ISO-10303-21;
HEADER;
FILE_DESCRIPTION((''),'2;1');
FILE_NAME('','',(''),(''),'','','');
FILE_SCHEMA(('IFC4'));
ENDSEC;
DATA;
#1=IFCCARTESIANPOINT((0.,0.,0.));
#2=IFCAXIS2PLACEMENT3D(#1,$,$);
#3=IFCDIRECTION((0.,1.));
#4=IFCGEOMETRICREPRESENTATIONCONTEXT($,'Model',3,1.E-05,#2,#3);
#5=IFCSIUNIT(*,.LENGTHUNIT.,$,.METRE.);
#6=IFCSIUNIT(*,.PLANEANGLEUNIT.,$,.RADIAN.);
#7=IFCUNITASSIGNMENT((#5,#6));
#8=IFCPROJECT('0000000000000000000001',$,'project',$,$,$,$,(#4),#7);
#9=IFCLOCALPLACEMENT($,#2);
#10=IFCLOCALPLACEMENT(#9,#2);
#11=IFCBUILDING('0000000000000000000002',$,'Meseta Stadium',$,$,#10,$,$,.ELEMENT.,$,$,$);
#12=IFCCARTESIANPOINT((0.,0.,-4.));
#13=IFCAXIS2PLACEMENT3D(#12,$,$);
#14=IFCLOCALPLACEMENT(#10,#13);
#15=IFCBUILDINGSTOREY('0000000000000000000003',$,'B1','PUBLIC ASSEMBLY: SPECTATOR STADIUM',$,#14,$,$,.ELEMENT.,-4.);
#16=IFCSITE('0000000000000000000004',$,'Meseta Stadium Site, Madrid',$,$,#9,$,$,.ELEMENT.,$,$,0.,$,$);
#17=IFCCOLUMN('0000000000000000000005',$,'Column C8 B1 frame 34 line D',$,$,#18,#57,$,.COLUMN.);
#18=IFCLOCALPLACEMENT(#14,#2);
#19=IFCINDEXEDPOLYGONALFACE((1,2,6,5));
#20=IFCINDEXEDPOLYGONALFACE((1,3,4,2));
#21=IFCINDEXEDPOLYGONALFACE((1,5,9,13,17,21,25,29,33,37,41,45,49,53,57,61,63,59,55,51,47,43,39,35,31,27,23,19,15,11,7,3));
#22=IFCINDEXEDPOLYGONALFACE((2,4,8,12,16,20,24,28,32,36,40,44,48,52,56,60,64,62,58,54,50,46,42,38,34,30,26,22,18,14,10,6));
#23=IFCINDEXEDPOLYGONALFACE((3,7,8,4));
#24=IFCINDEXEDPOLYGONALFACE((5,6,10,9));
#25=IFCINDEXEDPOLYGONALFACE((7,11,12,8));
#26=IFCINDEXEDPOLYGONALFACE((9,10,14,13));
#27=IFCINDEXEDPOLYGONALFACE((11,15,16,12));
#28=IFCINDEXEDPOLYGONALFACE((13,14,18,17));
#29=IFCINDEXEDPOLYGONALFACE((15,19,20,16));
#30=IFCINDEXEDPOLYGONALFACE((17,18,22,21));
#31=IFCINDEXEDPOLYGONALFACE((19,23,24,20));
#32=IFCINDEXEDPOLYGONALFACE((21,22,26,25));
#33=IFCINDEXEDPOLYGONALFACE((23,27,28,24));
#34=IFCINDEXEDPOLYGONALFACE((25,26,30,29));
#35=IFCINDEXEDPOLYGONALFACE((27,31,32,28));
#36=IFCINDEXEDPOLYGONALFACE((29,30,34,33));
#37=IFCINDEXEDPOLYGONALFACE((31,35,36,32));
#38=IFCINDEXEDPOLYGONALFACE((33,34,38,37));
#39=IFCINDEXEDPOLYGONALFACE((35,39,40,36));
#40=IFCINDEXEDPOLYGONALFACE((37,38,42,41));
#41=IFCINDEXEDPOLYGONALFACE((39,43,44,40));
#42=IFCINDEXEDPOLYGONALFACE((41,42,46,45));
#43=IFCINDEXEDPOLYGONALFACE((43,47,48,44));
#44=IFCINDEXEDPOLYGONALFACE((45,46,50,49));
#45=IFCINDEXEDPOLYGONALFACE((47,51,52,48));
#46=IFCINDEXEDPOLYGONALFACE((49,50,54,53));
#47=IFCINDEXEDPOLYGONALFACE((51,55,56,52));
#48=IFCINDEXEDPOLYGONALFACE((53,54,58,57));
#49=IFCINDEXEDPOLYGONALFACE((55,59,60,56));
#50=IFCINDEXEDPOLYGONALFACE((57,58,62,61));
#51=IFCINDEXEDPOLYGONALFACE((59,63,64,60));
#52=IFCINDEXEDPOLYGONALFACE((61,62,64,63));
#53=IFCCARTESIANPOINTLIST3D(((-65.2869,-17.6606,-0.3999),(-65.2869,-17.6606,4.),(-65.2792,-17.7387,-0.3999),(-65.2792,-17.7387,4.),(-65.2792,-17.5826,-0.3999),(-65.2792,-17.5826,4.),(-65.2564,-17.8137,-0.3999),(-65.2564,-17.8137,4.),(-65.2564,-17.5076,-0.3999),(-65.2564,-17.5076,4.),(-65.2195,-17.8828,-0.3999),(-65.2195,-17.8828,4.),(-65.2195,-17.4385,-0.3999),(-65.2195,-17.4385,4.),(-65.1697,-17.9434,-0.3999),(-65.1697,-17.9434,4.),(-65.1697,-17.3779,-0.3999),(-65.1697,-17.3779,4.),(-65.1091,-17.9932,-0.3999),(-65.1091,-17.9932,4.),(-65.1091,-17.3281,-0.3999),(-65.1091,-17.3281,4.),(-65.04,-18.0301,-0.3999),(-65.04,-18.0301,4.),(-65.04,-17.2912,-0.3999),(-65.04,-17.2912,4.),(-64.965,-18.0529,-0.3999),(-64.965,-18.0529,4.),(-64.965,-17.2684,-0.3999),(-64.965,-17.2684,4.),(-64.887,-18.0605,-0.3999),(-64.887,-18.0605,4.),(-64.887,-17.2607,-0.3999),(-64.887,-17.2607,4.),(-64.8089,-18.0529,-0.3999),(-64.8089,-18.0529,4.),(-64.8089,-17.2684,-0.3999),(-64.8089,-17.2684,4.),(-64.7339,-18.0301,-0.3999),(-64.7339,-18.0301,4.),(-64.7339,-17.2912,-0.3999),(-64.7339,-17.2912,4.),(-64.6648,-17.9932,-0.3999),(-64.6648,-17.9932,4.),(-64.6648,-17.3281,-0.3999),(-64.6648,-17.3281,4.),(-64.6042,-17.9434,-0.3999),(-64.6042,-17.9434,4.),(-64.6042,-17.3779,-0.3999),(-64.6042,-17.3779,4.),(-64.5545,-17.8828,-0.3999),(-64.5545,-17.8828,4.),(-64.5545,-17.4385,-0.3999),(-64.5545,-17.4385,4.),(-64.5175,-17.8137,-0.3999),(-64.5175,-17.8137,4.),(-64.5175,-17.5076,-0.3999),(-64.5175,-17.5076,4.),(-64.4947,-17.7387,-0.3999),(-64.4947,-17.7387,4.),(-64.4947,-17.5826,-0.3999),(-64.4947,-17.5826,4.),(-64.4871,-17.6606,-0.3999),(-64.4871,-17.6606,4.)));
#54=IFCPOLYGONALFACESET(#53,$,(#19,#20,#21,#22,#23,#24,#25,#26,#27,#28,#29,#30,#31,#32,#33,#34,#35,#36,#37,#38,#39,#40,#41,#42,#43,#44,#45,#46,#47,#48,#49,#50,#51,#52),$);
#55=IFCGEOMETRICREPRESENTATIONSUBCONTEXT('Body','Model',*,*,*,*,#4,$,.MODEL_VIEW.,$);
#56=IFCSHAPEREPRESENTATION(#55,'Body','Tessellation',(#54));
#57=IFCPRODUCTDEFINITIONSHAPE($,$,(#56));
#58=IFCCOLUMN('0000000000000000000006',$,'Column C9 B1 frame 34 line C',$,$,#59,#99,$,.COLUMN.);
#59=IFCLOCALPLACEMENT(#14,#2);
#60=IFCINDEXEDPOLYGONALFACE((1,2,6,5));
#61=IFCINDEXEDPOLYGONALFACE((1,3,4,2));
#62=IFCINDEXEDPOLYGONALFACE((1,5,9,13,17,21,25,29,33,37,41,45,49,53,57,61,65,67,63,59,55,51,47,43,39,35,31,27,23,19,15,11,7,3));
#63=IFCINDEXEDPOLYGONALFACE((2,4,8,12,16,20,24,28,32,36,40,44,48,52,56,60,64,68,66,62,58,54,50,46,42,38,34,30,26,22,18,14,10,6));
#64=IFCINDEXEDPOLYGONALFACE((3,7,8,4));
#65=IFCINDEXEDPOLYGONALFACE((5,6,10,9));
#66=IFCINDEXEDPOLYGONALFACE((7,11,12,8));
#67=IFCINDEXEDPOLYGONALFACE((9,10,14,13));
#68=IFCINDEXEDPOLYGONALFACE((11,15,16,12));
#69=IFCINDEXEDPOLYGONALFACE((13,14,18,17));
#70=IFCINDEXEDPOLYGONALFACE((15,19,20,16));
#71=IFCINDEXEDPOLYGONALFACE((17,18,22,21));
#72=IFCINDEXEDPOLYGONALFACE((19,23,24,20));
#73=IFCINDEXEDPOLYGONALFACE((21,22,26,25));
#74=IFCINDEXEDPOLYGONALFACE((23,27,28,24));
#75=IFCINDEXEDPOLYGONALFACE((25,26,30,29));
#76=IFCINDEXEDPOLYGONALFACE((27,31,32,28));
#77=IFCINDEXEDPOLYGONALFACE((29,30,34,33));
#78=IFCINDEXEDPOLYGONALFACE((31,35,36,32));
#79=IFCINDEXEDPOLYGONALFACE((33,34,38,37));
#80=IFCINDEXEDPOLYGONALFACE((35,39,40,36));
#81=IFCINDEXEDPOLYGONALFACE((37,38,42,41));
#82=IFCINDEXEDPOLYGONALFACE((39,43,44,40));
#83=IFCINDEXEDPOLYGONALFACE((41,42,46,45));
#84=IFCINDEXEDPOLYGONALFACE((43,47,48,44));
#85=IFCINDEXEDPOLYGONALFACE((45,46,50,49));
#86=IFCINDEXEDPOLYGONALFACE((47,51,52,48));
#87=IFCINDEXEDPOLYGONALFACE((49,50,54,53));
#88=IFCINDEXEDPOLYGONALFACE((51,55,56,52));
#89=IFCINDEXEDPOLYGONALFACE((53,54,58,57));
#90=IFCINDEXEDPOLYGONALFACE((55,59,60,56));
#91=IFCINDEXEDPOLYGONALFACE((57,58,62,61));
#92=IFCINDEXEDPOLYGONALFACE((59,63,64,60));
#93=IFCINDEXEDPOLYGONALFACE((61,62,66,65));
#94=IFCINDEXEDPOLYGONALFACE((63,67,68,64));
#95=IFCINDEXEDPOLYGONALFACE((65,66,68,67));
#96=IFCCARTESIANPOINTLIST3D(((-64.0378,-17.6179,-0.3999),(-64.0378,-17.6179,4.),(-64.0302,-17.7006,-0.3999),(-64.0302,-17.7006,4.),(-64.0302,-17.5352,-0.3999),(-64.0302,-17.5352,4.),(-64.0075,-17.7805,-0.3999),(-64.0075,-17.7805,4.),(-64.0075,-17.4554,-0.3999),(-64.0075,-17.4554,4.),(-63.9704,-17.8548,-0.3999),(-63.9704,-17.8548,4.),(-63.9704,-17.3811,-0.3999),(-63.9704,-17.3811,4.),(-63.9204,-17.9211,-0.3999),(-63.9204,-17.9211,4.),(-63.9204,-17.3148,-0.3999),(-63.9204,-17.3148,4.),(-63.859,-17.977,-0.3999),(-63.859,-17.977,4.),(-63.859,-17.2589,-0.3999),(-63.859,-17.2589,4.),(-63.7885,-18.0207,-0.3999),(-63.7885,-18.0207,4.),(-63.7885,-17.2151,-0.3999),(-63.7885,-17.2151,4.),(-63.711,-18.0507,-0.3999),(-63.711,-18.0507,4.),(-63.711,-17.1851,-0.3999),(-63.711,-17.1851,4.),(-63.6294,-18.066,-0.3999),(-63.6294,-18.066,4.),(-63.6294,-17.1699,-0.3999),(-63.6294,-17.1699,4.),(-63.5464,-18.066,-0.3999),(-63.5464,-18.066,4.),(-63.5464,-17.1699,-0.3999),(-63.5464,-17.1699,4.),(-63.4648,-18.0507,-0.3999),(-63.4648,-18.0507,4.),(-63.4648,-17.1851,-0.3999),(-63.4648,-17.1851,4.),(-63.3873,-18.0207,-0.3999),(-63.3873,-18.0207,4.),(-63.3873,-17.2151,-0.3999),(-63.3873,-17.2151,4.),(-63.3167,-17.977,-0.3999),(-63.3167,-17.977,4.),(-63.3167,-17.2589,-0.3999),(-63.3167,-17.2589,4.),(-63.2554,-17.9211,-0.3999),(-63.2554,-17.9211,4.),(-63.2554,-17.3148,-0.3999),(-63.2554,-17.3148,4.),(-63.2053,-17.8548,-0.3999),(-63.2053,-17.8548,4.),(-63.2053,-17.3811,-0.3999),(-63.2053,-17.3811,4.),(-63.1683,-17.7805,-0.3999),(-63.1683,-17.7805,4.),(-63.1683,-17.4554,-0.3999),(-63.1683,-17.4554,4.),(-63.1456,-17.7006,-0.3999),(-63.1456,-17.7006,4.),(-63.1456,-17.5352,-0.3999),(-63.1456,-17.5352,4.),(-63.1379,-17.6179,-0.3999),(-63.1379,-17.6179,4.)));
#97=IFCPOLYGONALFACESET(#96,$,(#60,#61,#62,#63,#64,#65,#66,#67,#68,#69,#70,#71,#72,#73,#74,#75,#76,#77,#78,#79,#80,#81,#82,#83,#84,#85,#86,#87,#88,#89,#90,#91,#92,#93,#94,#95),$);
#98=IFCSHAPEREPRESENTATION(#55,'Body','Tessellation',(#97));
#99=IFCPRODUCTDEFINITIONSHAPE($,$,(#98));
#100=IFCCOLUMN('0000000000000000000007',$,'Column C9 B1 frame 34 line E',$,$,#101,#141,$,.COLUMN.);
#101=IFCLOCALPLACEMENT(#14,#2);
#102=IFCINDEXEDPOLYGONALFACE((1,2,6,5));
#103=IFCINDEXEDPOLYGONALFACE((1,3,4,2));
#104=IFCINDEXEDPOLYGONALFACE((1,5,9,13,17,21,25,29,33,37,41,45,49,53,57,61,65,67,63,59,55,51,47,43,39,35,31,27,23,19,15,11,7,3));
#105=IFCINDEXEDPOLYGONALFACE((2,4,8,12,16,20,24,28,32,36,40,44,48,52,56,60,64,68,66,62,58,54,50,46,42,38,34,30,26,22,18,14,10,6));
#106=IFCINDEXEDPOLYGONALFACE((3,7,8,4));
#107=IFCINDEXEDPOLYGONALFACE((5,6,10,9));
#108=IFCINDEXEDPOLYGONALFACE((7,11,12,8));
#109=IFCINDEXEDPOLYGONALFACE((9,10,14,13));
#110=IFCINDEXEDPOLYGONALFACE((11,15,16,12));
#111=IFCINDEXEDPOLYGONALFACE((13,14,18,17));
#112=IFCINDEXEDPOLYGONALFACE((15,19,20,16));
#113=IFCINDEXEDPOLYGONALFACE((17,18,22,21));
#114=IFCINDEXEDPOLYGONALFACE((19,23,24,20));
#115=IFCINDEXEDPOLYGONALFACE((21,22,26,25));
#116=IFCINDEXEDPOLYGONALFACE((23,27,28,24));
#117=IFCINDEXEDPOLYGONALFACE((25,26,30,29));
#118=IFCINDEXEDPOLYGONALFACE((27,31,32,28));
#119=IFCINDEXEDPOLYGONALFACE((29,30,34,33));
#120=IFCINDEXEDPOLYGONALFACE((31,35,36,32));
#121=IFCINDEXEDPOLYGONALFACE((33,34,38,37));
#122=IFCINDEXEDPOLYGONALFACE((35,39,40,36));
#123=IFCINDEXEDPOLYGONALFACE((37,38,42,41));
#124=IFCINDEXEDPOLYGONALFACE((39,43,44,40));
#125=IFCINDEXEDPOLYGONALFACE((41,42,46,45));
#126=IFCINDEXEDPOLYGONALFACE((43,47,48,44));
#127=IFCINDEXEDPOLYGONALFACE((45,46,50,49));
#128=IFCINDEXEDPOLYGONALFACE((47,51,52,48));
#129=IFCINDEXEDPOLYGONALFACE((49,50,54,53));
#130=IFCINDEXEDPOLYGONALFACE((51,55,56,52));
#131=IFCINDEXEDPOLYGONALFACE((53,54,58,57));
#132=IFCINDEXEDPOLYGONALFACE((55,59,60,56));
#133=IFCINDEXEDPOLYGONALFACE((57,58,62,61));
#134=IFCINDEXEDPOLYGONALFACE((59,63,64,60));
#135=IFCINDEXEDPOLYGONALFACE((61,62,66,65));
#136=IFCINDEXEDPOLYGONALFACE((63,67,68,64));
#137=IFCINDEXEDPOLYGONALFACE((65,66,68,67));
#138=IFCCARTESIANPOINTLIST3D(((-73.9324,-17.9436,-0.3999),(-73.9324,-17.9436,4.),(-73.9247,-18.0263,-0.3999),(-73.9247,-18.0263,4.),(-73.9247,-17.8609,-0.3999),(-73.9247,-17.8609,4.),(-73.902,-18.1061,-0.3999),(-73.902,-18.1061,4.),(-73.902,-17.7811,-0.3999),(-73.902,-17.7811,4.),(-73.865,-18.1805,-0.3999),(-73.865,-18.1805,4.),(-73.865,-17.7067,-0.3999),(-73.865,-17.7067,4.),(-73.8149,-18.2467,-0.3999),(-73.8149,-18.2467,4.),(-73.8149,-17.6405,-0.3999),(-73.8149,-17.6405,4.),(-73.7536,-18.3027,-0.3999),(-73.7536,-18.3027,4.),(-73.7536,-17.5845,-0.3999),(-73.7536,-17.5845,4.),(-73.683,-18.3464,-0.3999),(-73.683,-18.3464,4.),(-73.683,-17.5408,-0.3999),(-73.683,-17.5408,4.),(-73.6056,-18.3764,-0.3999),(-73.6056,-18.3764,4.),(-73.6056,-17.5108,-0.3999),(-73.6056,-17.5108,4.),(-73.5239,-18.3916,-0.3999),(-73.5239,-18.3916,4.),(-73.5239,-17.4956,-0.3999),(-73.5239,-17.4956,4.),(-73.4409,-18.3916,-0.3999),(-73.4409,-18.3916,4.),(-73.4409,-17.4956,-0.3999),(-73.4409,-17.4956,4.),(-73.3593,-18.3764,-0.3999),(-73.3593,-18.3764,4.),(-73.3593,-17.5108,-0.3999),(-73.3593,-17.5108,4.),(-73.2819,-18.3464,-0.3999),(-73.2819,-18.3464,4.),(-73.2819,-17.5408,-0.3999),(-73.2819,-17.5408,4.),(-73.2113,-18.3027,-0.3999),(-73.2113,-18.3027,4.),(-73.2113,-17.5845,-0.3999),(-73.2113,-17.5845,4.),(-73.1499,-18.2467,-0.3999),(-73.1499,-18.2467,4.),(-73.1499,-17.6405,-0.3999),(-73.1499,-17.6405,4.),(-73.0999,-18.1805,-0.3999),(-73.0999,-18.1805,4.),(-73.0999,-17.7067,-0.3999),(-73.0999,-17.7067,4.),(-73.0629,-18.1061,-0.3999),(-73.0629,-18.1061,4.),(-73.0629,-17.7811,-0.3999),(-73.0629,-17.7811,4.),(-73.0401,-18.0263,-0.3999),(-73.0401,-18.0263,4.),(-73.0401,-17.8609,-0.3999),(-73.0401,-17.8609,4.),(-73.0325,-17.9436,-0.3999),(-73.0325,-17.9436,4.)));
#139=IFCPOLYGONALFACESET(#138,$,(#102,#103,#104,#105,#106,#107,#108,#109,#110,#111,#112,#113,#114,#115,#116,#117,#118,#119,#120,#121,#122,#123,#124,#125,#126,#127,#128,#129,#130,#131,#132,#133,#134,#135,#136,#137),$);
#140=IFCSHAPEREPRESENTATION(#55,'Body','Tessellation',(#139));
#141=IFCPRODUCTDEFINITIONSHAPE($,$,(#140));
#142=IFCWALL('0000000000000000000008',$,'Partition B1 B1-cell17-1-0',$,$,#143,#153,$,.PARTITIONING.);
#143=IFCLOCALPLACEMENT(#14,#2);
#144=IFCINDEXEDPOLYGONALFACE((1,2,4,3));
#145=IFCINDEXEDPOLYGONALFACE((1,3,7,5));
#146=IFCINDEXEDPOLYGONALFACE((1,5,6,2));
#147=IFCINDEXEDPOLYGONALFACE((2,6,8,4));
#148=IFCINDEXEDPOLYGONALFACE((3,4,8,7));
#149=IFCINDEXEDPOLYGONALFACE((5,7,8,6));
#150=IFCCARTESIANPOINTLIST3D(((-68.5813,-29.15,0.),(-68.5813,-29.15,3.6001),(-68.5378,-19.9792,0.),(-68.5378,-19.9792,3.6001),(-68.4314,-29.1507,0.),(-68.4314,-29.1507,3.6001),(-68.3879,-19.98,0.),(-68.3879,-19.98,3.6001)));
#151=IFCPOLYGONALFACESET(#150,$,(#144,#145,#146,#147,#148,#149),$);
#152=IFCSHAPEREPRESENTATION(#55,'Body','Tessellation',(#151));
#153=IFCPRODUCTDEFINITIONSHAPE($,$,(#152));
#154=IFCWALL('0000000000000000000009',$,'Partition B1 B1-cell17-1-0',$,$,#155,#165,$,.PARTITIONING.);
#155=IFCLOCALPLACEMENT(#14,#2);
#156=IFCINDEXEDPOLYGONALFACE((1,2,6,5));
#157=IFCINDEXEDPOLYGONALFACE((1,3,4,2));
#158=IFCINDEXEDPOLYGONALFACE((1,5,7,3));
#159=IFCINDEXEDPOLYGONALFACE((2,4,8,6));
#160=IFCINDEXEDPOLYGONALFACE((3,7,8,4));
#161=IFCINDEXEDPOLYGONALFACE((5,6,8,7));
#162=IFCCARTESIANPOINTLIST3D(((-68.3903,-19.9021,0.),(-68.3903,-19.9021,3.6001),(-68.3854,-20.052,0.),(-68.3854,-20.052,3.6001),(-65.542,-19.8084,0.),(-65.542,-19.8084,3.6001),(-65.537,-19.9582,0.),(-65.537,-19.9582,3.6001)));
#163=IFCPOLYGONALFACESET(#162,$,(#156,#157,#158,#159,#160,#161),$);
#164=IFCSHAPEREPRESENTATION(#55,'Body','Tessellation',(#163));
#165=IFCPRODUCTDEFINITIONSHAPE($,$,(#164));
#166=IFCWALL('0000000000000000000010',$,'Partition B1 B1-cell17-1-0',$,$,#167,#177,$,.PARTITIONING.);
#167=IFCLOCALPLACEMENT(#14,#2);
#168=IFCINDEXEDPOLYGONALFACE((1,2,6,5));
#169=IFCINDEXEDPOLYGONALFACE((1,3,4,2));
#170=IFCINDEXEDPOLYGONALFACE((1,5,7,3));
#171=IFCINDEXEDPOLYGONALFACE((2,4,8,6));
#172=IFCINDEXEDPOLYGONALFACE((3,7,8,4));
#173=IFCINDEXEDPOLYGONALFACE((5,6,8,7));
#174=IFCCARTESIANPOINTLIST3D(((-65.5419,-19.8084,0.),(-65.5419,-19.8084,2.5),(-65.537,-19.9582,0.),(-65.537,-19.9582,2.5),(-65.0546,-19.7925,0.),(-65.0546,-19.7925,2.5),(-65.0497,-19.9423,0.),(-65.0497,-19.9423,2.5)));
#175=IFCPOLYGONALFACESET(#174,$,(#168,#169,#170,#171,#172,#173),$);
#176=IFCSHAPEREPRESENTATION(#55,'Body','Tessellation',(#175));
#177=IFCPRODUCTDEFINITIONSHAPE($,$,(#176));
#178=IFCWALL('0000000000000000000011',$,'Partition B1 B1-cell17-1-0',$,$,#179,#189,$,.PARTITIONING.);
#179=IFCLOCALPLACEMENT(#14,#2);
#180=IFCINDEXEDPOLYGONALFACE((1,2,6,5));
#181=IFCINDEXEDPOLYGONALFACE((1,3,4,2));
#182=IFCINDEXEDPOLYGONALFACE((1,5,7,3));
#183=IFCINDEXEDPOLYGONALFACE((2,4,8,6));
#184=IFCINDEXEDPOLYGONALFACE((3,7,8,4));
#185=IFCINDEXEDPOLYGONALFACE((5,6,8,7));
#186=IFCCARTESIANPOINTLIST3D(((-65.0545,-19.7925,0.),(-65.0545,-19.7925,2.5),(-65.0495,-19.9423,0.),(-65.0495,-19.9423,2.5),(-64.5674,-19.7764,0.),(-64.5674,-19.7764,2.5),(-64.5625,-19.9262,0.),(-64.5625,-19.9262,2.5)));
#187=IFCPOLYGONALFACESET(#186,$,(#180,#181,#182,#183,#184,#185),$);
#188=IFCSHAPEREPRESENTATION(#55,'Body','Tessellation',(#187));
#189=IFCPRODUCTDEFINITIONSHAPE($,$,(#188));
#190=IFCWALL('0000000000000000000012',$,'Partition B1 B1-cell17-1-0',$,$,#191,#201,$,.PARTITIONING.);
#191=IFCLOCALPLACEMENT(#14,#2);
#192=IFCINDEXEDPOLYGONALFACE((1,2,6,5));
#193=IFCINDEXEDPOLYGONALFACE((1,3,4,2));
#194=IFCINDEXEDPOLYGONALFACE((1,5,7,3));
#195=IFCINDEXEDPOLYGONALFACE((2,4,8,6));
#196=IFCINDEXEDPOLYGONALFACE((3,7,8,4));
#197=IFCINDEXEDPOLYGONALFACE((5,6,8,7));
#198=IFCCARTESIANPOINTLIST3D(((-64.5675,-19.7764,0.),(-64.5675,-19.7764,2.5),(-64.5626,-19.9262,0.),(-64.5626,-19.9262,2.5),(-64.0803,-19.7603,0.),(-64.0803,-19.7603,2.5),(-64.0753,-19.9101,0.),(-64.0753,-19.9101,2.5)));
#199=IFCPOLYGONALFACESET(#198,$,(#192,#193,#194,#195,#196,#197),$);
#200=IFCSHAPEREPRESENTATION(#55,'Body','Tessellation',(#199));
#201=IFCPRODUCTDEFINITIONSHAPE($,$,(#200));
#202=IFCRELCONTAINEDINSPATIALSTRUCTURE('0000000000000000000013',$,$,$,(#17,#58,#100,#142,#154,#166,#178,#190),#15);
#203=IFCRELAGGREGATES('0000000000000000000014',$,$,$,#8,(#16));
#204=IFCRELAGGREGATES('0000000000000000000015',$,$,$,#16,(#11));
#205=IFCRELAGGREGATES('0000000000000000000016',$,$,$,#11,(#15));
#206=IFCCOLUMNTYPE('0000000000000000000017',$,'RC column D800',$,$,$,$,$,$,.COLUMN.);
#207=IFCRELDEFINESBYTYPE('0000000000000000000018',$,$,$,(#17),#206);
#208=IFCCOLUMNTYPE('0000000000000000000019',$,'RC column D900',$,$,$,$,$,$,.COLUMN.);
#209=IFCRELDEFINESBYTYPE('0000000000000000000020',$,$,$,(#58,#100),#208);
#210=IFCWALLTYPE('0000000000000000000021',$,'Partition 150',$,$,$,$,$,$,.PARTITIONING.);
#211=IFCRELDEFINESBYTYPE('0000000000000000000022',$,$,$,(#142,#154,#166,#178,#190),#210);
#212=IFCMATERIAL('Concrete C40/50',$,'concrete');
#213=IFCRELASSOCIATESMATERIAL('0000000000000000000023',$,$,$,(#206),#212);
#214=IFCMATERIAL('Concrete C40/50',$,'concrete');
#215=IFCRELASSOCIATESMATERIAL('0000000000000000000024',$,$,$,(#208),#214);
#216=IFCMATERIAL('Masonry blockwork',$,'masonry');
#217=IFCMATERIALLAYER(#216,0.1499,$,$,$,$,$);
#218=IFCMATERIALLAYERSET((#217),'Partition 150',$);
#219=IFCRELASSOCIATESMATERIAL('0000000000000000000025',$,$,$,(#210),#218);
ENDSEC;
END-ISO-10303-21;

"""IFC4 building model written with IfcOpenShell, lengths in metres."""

from ifc_helpers import new_model, si_unit, direction, frame, frame_2d, origin, origin_2d, place, context, subcontext, project, spatial, rectangle, circle, extrude, material, layer, layer_set, material_profile, profile_set, type_object, element, save


model = new_model("IFC4")

# Units and contexts
model_context = context("Model", 3, precision=1e-05, world=origin(), true_north=direction((0.0, 1.0)))
body_context = subcontext(model_context, "Body", "Model", "MODEL_VIEW")
ifc_project = project(units=[si_unit("LENGTHUNIT", "METRE"), si_unit("PLANEANGLEUNIT", "RADIAN")], contexts=[model_context])

# Site, building, storey
site_placement = place(None, origin())
site = spatial("IfcSite", under=ifc_project, at=site_placement, Name="Meseta Stadium Site, Madrid", CompositionType="ELEMENT", RefElevation=0.0)
building_placement = place(site_placement, origin())
building = spatial("IfcBuilding", under=site, at=building_placement, Name="Meseta Stadium", CompositionType="ELEMENT")
storey_placement = place(building_placement, frame((0.0, 0.0, -4.0)))
storey = spatial("IfcBuildingStorey", under=building, at=storey_placement, Name="B1", Description="PUBLIC ASSEMBLY: SPECTATOR STADIUM", CompositionType="ELEMENT", Elevation=-4.0)

# Columns
ifc_material_1 = material(Name="Concrete C40/50", Category="concrete")
ifc_material_profile_1 = material_profile(ifc_material_1, circle(Radius=0.3999, at=origin_2d()), Name="RC D800")
ifc_profile_set_1 = profile_set([ifc_material_profile_1], Name="Concrete C40/50")
column_type_1 = type_object("IfcColumnType", Name="RC column D800", PredefinedType="COLUMN", material=ifc_profile_set_1)
column_placement = place(storey_placement, frame((-64.887, -17.6606, -0.3999), z_axis=(0.0, 0.0, 1.0), x_axis=(1.0, 0.0, 0.0)))
element("IfcColumn", 1, at=column_placement, inside=storey, type_object=column_type_1, Name="Column C8 B1 frame 34 line D", PredefinedType="COLUMN", context=body_context, shape_type="SweptSolid", body=[
    extrude(circle(Radius=0.3999, at=origin_2d()), origin(), (0.0, 0.0, 1.0), 4.3999),
])
ifc_material_2 = material(Name="Concrete C40/50", Category="concrete")
ifc_material_profile_2 = material_profile(ifc_material_2, circle(Radius=0.45, at=origin_2d()), Name="RC D900")
ifc_profile_set_2 = profile_set([ifc_material_profile_2], Name="Concrete C40/50")
column_type_2 = type_object("IfcColumnType", Name="RC column D900", PredefinedType="COLUMN", material=ifc_profile_set_2)
for number, where, z_axis, x_axis, name in (
    (2, (-63.5879, -17.6179, -0.3999), (0.0, 0.0, 1.0), (1.0, 0.0, 0.0), "Column C9 B1 frame 34 line C"),
    (3, (-73.4824, -17.9436, -0.3999), (0.0, 0.0, 1.0), (1.0, 0.0, 0.0), "Column C9 B1 frame 34 line E"),
):
    element("IfcColumn", number, at=place(storey_placement, frame(where, z_axis=z_axis, x_axis=x_axis)), inside=storey, type_object=column_type_2, Name=name, PredefinedType="COLUMN", context=body_context, shape_type="SweptSolid", body=[
        extrude(circle(Radius=0.45, at=origin_2d()), origin(), (0.0, 0.0, 1.0), 4.3999),
    ])

# Walls
ifc_material_3 = material(Name="Masonry blockwork", Category="masonry")
ifc_layer = layer(ifc_material_3, 0.1499)
ifc_layer_set = layer_set([ifc_layer], Name="Partition 150")
wall_type = type_object("IfcWallType", Name="Partition 150", PredefinedType="PARTITIONING", material=ifc_layer_set)
wall_1_placement = place(storey_placement, frame((-68.5063, -29.1504, 0.0), z_axis=(0.0, 0.0, 1.0), x_axis=(0.004739, 0.999989, 0.0)))
element("IfcWall", 4, at=wall_1_placement, inside=storey, type_object=wall_type, Name="Partition B1 B1-cell17-1-0", PredefinedType="PARTITIONING", context=body_context, shape_type="SweptSolid", body=[
    extrude(rectangle(XDim=9.1709, YDim=0.1499, at=frame_2d((4.5854, 0.0))), origin(), (0.0, 0.0, 1.0), 3.6001),
])
wall_2_placement = place(storey_placement, frame((-68.3877, -19.9771, 0.0), z_axis=(0.0, 0.0, 1.0), x_axis=(0.999459, 0.032896, 0.0)))
element("IfcWall", 5, at=wall_2_placement, inside=storey, type_object=wall_type, Name="Partition B1 B1-cell17-1-0", PredefinedType="PARTITIONING", context=body_context, shape_type="SweptSolid", body=[
    extrude(rectangle(XDim=2.8499, YDim=0.1499, at=frame_2d((1.4248, 0.0))), origin(), (0.0, 0.0, 1.0), 3.6001),
])
wall_3_placement = place(storey_placement, frame((-65.5393, -19.8833, 0.0), z_axis=(0.0, 0.0, 1.0), x_axis=(0.99947, 0.032548, 0.0)))
element("IfcWall", 6, at=wall_3_placement, inside=storey, type_object=wall_type, Name="Partition B1 B1-cell17-1-0", PredefinedType="PARTITIONING", context=body_context, shape_type="SweptSolid", body=[
    extrude(rectangle(XDim=0.4875, YDim=0.1499, at=frame_2d((0.2437, 0.0))), origin(), (0.0, 0.0, 1.0), 2.5),
])
wall_4_placement = place(storey_placement, frame((-65.052, -19.8674, 0.0), z_axis=(0.0, 0.0, 1.0), x_axis=(0.999453, 0.033065, 0.0)))
element("IfcWall", 7, at=wall_4_placement, inside=storey, type_object=wall_type, Name="Partition B1 B1-cell17-1-0", PredefinedType="PARTITIONING", context=body_context, shape_type="SweptSolid", body=[
    extrude(rectangle(XDim=0.4873, YDim=0.1499, at=frame_2d((0.2437, 0.0))), origin(), (0.0, 0.0, 1.0), 2.5),
])
for number, where, z_axis, x_axis, name in (
    (8, (-64.5649, -19.8513, 0.0), (0.0, 0.0, 1.0), (0.999454, 0.033048, 0.0), "Partition B1 B1-cell17-1-0"),
):
    element("IfcWall", number, at=place(storey_placement, frame(where, z_axis=z_axis, x_axis=x_axis)), inside=storey, type_object=wall_type, Name=name, PredefinedType="PARTITIONING", context=body_context, shape_type="SweptSolid", body=[
        extrude(rectangle(XDim=0.4875, YDim=0.1499, at=frame_2d((0.2437, 0.0))), origin(), (0.0, 0.0, 1.0), 2.5),
    ])

save(model, "model.ifc")
